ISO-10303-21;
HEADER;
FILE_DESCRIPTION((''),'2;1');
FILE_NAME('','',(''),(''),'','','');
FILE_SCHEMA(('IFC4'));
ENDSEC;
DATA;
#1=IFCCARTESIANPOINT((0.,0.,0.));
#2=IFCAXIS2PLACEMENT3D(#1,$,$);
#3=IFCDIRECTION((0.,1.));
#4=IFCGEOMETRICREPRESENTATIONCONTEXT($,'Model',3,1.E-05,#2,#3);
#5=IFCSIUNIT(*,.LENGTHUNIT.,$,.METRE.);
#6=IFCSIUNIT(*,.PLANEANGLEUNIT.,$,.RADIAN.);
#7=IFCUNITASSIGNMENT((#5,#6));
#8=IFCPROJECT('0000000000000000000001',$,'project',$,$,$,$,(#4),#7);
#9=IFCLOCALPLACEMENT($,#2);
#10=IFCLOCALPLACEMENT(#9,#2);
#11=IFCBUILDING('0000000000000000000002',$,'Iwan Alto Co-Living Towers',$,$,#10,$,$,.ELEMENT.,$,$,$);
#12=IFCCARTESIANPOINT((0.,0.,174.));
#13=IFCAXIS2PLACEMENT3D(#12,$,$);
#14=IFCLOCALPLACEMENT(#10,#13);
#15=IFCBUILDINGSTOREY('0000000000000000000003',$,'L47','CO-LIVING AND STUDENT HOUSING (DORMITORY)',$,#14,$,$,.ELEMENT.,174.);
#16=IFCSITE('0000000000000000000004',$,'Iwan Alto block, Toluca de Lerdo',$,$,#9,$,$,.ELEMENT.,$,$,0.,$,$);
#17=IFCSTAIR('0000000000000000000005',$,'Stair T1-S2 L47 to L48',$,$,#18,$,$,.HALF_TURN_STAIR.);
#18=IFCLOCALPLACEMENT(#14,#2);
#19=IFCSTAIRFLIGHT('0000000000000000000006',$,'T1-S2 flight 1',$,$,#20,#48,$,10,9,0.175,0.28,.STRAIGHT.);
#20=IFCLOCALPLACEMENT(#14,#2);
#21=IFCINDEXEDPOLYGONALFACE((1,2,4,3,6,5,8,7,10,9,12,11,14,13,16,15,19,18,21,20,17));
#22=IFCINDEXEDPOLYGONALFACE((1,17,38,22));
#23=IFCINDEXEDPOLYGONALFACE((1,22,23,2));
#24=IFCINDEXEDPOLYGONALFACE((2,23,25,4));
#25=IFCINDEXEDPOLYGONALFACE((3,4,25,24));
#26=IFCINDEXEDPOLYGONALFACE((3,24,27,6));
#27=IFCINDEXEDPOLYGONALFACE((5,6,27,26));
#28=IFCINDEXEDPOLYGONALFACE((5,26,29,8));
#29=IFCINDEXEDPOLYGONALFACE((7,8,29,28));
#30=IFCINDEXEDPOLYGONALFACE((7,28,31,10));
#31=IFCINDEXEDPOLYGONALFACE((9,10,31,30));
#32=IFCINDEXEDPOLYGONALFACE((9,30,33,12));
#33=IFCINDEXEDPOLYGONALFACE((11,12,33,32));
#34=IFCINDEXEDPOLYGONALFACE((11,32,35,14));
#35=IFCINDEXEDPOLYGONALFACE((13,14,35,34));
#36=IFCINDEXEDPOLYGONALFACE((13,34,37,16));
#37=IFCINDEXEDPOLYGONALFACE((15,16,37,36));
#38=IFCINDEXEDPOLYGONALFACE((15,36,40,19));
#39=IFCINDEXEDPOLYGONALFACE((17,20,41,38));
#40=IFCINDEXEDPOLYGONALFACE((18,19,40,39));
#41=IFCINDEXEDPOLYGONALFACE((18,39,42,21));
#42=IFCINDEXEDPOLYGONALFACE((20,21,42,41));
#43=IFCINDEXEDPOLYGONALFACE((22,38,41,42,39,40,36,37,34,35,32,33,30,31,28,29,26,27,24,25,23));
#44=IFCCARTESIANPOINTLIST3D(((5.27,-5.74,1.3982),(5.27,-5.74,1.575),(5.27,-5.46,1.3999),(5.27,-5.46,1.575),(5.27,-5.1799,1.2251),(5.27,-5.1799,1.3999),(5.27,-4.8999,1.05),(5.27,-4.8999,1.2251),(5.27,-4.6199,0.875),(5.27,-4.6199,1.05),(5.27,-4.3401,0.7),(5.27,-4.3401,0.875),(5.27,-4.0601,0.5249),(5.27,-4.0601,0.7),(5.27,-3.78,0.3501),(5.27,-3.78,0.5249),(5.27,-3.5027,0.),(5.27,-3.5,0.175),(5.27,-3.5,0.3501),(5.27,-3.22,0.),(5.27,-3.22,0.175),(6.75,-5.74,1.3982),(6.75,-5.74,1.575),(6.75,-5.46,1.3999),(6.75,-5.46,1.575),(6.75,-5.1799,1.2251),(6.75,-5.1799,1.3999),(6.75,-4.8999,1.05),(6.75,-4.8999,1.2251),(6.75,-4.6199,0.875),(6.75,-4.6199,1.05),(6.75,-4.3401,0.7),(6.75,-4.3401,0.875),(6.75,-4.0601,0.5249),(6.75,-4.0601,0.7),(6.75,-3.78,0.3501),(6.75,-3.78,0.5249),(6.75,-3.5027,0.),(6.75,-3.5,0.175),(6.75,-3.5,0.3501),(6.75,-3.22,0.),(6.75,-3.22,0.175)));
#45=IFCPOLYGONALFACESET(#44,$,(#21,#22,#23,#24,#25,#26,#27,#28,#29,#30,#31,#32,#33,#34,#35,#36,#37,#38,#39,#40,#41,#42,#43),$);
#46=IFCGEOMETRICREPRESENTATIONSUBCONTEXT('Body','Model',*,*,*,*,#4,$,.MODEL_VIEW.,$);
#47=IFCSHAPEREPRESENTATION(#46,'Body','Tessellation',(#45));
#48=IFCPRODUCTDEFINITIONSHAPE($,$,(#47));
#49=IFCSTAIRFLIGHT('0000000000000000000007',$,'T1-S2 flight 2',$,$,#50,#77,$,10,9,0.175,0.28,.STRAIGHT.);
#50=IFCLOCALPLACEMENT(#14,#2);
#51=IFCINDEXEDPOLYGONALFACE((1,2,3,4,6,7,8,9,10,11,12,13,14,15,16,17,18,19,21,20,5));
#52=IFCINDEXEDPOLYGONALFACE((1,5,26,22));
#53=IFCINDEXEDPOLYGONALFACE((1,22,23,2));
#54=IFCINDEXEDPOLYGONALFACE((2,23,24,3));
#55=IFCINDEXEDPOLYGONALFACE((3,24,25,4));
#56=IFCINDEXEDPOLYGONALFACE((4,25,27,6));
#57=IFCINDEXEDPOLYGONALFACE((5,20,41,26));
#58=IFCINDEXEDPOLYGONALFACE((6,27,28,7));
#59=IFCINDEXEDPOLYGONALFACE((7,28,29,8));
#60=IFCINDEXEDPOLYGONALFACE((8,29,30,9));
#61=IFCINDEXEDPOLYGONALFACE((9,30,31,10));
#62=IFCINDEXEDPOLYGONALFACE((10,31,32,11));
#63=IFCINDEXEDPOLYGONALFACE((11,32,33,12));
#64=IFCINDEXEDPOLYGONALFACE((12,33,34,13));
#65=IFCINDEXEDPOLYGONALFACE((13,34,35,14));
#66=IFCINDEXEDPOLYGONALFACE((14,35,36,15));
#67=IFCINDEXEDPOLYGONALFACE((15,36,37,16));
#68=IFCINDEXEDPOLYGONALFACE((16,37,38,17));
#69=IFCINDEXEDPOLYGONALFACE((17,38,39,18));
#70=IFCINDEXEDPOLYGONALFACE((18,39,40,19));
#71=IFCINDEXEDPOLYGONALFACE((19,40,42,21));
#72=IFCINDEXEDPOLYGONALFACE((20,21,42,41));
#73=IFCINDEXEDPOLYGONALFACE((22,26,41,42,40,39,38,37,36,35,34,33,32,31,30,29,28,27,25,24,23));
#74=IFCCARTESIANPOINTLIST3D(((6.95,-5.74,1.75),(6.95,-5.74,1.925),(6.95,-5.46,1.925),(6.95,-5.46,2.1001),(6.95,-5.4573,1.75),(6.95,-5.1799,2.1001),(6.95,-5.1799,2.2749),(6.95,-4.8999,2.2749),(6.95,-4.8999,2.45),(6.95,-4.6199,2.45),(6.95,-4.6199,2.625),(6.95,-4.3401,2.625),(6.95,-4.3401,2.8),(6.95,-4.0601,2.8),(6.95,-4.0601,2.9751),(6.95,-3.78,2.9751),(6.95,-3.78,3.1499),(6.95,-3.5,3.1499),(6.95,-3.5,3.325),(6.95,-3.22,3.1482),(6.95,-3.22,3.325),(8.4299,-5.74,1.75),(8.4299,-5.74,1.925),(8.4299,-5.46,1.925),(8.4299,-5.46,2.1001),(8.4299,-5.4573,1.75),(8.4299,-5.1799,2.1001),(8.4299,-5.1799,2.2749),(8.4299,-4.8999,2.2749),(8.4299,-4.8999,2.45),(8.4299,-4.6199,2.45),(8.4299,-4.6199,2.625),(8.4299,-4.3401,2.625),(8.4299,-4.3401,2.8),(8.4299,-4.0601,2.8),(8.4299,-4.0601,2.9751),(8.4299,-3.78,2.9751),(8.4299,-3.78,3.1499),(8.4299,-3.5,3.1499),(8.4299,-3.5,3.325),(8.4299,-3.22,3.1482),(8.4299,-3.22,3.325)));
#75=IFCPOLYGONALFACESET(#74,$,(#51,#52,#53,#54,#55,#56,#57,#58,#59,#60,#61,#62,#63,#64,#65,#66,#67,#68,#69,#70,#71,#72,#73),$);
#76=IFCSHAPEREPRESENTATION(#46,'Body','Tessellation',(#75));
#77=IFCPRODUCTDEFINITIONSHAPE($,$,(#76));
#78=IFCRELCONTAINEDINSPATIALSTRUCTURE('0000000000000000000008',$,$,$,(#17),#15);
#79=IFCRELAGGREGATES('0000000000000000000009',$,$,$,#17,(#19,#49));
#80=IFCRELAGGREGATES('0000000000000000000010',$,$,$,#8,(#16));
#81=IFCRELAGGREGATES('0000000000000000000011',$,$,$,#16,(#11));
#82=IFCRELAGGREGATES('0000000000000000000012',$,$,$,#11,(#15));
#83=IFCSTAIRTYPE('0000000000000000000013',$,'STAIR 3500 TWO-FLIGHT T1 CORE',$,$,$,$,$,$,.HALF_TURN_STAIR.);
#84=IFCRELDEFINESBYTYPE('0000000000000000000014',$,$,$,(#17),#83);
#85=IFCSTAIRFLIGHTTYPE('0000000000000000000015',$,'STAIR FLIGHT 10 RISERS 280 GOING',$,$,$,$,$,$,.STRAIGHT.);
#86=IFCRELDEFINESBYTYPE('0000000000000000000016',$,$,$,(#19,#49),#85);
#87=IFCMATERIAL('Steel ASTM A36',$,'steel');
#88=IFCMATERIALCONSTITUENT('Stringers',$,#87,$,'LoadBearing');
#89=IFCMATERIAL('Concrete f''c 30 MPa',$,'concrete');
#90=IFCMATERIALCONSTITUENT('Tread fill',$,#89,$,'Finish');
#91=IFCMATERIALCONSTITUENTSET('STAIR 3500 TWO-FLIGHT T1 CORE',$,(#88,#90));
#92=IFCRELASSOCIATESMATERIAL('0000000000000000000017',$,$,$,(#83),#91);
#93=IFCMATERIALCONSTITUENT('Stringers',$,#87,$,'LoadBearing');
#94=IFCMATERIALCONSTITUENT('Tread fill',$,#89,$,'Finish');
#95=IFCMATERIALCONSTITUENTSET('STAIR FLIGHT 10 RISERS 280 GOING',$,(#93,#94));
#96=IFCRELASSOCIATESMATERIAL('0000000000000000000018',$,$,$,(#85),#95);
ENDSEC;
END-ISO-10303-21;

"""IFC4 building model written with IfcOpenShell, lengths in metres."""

from ifc_helpers import new_model, si_unit, direction, frame, origin, place, context, subcontext, project, spatial, polyline, outline, extrude, material, constituent, constituent_set, type_object, element, aggregate, save


model = new_model("IFC4")

# Units and contexts
model_context = context("Model", 3, precision=1e-05, world=origin(), true_north=direction((0.0, 1.0)))
body_context = subcontext(model_context, "Body", "Model", "MODEL_VIEW")
ifc_project = project(units=[si_unit("LENGTHUNIT", "METRE"), si_unit("PLANEANGLEUNIT", "RADIAN")], contexts=[model_context])

# Site, building, storey
site_placement = place(None, origin())
site = spatial("IfcSite", under=ifc_project, at=site_placement, Name="Iwan Alto block, Toluca de Lerdo", CompositionType="ELEMENT", RefElevation=0.0)
building_placement = place(site_placement, origin())
building = spatial("IfcBuilding", under=site, at=building_placement, Name="Iwan Alto Co-Living Towers", CompositionType="ELEMENT")
storey_placement = place(building_placement, frame((0.0, 0.0, 174.0)))
storey = spatial("IfcBuildingStorey", under=building, at=storey_placement, Name="L47", Description="CO-LIVING AND STUDENT HOUSING (DORMITORY)", CompositionType="ELEMENT", Elevation=174.0)

# Shared definitions
ifc_material_1 = material(Name="Steel ASTM A36", Category="steel")
ifc_constituent_1 = constituent(ifc_material_1, Name="Stringers", Category="LoadBearing")
ifc_material_2 = material(Name="Concrete f'c 30 MPa", Category="concrete")
ifc_constituent_2 = constituent(ifc_material_2, Name="Tread fill", Category="Finish")
ifc_constituent_set_1 = constituent_set(constituents=[ifc_constituent_1, ifc_constituent_2], Name="STAIR 3500 TWO-FLIGHT T1 CORE")
stair_type = type_object("IfcStairType", Name="STAIR 3500 TWO-FLIGHT T1 CORE", PredefinedType="HALF_TURN_STAIR", material=ifc_constituent_set_1)

# Stair, stair flights
stair_1_placement = place(storey_placement, origin())
stair_1 = element("IfcStair", 1, at=stair_1_placement, inside=storey, type_object=stair_type, Name="Stair T1-S2 L47 to L48", PredefinedType="HALF_TURN_STAIR")
ifc_constituent_3 = constituent(ifc_material_1, Name="Stringers", Category="LoadBearing")
ifc_constituent_4 = constituent(ifc_material_2, Name="Tread fill", Category="Finish")
ifc_constituent_set_2 = constituent_set(constituents=[ifc_constituent_3, ifc_constituent_4], Name="STAIR FLIGHT 10 RISERS 280 GOING")
stair_flight_type = type_object("IfcStairFlightType", Name="STAIR FLIGHT 10 RISERS 280 GOING", PredefinedType="STRAIGHT", material=ifc_constituent_set_2)
stair_flight_1_placement = place(storey_placement, frame((6.01, -3.22, 0.0), z_axis=(0.0, 0.0, 1.0), x_axis=(0.0, -1.0, 0.0)))
stair_flight_1 = element("IfcStairFlight", 2, at=stair_flight_1_placement, type_object=stair_flight_type, Name="T1-S2 flight 1", NumberOfRisers=10, NumberOfTreads=9, PredefinedType="STRAIGHT", RiserHeight=0.175, TreadLength=0.28, context=body_context, shape_type="SweptSolid", body=[
    extrude(outline(polyline([(0.0, 0.0), (0.0, 0.175), (0.28, 0.175), (0.28, 0.3501), (0.5601, 0.3501), (0.5601, 0.5249), (0.8401, 0.5249), (0.8401, 0.7), (1.1201, 0.7), (1.1201, 0.875), (1.3999, 0.875), (1.3999, 1.05), (1.6799, 1.05), (1.6799, 1.2251), (1.96, 1.2251), (1.96, 1.3999), (2.24, 1.3999), (2.24, 1.575), (2.52, 1.575), (2.52, 1.75), (2.52, 1.3982), (0.2827, 0.0), (0.0, 0.0)])), frame((0.0, 0.74, 0.0), z_axis=(0.0, -1.0, 0.0), x_axis=(1.0, 0.0, 0.0)), (0.0, 0.0, 1.0), 1.48),
])
stair_flight_2_placement = place(storey_placement, frame((7.6899, -5.74, 1.75), z_axis=(0.0, 0.0, 1.0), x_axis=(0.0, 1.0, 0.0)))
stair_flight_2 = element("IfcStairFlight", 3, at=stair_flight_2_placement, type_object=stair_flight_type, Name="T1-S2 flight 2", NumberOfRisers=10, NumberOfTreads=9, PredefinedType="STRAIGHT", RiserHeight=0.175, TreadLength=0.28, context=body_context, shape_type="SweptSolid", body=[
    extrude(outline(polyline([(0.0, 0.0), (0.0, 0.175), (0.28, 0.175), (0.28, 0.3501), (0.5601, 0.3501), (0.5601, 0.5249), (0.8401, 0.5249), (0.8401, 0.7), (1.1201, 0.7), (1.1201, 0.875), (1.3999, 0.875), (1.3999, 1.05), (1.6799, 1.05), (1.6799, 1.2251), (1.96, 1.2251), (1.96, 1.3999), (2.24, 1.3999), (2.24, 1.575), (2.52, 1.575), (2.52, 1.75), (2.52, 1.3982), (0.2827, 0.0), (0.0, 0.0)])), frame((0.0, 0.74, 0.0), z_axis=(0.0, -1.0, 0.0), x_axis=(1.0, 0.0, 0.0)), (0.0, 0.0, 1.0), 1.48),
])
aggregate(stair_1, [stair_flight_1, stair_flight_2])

save(model, "model.ifc")
